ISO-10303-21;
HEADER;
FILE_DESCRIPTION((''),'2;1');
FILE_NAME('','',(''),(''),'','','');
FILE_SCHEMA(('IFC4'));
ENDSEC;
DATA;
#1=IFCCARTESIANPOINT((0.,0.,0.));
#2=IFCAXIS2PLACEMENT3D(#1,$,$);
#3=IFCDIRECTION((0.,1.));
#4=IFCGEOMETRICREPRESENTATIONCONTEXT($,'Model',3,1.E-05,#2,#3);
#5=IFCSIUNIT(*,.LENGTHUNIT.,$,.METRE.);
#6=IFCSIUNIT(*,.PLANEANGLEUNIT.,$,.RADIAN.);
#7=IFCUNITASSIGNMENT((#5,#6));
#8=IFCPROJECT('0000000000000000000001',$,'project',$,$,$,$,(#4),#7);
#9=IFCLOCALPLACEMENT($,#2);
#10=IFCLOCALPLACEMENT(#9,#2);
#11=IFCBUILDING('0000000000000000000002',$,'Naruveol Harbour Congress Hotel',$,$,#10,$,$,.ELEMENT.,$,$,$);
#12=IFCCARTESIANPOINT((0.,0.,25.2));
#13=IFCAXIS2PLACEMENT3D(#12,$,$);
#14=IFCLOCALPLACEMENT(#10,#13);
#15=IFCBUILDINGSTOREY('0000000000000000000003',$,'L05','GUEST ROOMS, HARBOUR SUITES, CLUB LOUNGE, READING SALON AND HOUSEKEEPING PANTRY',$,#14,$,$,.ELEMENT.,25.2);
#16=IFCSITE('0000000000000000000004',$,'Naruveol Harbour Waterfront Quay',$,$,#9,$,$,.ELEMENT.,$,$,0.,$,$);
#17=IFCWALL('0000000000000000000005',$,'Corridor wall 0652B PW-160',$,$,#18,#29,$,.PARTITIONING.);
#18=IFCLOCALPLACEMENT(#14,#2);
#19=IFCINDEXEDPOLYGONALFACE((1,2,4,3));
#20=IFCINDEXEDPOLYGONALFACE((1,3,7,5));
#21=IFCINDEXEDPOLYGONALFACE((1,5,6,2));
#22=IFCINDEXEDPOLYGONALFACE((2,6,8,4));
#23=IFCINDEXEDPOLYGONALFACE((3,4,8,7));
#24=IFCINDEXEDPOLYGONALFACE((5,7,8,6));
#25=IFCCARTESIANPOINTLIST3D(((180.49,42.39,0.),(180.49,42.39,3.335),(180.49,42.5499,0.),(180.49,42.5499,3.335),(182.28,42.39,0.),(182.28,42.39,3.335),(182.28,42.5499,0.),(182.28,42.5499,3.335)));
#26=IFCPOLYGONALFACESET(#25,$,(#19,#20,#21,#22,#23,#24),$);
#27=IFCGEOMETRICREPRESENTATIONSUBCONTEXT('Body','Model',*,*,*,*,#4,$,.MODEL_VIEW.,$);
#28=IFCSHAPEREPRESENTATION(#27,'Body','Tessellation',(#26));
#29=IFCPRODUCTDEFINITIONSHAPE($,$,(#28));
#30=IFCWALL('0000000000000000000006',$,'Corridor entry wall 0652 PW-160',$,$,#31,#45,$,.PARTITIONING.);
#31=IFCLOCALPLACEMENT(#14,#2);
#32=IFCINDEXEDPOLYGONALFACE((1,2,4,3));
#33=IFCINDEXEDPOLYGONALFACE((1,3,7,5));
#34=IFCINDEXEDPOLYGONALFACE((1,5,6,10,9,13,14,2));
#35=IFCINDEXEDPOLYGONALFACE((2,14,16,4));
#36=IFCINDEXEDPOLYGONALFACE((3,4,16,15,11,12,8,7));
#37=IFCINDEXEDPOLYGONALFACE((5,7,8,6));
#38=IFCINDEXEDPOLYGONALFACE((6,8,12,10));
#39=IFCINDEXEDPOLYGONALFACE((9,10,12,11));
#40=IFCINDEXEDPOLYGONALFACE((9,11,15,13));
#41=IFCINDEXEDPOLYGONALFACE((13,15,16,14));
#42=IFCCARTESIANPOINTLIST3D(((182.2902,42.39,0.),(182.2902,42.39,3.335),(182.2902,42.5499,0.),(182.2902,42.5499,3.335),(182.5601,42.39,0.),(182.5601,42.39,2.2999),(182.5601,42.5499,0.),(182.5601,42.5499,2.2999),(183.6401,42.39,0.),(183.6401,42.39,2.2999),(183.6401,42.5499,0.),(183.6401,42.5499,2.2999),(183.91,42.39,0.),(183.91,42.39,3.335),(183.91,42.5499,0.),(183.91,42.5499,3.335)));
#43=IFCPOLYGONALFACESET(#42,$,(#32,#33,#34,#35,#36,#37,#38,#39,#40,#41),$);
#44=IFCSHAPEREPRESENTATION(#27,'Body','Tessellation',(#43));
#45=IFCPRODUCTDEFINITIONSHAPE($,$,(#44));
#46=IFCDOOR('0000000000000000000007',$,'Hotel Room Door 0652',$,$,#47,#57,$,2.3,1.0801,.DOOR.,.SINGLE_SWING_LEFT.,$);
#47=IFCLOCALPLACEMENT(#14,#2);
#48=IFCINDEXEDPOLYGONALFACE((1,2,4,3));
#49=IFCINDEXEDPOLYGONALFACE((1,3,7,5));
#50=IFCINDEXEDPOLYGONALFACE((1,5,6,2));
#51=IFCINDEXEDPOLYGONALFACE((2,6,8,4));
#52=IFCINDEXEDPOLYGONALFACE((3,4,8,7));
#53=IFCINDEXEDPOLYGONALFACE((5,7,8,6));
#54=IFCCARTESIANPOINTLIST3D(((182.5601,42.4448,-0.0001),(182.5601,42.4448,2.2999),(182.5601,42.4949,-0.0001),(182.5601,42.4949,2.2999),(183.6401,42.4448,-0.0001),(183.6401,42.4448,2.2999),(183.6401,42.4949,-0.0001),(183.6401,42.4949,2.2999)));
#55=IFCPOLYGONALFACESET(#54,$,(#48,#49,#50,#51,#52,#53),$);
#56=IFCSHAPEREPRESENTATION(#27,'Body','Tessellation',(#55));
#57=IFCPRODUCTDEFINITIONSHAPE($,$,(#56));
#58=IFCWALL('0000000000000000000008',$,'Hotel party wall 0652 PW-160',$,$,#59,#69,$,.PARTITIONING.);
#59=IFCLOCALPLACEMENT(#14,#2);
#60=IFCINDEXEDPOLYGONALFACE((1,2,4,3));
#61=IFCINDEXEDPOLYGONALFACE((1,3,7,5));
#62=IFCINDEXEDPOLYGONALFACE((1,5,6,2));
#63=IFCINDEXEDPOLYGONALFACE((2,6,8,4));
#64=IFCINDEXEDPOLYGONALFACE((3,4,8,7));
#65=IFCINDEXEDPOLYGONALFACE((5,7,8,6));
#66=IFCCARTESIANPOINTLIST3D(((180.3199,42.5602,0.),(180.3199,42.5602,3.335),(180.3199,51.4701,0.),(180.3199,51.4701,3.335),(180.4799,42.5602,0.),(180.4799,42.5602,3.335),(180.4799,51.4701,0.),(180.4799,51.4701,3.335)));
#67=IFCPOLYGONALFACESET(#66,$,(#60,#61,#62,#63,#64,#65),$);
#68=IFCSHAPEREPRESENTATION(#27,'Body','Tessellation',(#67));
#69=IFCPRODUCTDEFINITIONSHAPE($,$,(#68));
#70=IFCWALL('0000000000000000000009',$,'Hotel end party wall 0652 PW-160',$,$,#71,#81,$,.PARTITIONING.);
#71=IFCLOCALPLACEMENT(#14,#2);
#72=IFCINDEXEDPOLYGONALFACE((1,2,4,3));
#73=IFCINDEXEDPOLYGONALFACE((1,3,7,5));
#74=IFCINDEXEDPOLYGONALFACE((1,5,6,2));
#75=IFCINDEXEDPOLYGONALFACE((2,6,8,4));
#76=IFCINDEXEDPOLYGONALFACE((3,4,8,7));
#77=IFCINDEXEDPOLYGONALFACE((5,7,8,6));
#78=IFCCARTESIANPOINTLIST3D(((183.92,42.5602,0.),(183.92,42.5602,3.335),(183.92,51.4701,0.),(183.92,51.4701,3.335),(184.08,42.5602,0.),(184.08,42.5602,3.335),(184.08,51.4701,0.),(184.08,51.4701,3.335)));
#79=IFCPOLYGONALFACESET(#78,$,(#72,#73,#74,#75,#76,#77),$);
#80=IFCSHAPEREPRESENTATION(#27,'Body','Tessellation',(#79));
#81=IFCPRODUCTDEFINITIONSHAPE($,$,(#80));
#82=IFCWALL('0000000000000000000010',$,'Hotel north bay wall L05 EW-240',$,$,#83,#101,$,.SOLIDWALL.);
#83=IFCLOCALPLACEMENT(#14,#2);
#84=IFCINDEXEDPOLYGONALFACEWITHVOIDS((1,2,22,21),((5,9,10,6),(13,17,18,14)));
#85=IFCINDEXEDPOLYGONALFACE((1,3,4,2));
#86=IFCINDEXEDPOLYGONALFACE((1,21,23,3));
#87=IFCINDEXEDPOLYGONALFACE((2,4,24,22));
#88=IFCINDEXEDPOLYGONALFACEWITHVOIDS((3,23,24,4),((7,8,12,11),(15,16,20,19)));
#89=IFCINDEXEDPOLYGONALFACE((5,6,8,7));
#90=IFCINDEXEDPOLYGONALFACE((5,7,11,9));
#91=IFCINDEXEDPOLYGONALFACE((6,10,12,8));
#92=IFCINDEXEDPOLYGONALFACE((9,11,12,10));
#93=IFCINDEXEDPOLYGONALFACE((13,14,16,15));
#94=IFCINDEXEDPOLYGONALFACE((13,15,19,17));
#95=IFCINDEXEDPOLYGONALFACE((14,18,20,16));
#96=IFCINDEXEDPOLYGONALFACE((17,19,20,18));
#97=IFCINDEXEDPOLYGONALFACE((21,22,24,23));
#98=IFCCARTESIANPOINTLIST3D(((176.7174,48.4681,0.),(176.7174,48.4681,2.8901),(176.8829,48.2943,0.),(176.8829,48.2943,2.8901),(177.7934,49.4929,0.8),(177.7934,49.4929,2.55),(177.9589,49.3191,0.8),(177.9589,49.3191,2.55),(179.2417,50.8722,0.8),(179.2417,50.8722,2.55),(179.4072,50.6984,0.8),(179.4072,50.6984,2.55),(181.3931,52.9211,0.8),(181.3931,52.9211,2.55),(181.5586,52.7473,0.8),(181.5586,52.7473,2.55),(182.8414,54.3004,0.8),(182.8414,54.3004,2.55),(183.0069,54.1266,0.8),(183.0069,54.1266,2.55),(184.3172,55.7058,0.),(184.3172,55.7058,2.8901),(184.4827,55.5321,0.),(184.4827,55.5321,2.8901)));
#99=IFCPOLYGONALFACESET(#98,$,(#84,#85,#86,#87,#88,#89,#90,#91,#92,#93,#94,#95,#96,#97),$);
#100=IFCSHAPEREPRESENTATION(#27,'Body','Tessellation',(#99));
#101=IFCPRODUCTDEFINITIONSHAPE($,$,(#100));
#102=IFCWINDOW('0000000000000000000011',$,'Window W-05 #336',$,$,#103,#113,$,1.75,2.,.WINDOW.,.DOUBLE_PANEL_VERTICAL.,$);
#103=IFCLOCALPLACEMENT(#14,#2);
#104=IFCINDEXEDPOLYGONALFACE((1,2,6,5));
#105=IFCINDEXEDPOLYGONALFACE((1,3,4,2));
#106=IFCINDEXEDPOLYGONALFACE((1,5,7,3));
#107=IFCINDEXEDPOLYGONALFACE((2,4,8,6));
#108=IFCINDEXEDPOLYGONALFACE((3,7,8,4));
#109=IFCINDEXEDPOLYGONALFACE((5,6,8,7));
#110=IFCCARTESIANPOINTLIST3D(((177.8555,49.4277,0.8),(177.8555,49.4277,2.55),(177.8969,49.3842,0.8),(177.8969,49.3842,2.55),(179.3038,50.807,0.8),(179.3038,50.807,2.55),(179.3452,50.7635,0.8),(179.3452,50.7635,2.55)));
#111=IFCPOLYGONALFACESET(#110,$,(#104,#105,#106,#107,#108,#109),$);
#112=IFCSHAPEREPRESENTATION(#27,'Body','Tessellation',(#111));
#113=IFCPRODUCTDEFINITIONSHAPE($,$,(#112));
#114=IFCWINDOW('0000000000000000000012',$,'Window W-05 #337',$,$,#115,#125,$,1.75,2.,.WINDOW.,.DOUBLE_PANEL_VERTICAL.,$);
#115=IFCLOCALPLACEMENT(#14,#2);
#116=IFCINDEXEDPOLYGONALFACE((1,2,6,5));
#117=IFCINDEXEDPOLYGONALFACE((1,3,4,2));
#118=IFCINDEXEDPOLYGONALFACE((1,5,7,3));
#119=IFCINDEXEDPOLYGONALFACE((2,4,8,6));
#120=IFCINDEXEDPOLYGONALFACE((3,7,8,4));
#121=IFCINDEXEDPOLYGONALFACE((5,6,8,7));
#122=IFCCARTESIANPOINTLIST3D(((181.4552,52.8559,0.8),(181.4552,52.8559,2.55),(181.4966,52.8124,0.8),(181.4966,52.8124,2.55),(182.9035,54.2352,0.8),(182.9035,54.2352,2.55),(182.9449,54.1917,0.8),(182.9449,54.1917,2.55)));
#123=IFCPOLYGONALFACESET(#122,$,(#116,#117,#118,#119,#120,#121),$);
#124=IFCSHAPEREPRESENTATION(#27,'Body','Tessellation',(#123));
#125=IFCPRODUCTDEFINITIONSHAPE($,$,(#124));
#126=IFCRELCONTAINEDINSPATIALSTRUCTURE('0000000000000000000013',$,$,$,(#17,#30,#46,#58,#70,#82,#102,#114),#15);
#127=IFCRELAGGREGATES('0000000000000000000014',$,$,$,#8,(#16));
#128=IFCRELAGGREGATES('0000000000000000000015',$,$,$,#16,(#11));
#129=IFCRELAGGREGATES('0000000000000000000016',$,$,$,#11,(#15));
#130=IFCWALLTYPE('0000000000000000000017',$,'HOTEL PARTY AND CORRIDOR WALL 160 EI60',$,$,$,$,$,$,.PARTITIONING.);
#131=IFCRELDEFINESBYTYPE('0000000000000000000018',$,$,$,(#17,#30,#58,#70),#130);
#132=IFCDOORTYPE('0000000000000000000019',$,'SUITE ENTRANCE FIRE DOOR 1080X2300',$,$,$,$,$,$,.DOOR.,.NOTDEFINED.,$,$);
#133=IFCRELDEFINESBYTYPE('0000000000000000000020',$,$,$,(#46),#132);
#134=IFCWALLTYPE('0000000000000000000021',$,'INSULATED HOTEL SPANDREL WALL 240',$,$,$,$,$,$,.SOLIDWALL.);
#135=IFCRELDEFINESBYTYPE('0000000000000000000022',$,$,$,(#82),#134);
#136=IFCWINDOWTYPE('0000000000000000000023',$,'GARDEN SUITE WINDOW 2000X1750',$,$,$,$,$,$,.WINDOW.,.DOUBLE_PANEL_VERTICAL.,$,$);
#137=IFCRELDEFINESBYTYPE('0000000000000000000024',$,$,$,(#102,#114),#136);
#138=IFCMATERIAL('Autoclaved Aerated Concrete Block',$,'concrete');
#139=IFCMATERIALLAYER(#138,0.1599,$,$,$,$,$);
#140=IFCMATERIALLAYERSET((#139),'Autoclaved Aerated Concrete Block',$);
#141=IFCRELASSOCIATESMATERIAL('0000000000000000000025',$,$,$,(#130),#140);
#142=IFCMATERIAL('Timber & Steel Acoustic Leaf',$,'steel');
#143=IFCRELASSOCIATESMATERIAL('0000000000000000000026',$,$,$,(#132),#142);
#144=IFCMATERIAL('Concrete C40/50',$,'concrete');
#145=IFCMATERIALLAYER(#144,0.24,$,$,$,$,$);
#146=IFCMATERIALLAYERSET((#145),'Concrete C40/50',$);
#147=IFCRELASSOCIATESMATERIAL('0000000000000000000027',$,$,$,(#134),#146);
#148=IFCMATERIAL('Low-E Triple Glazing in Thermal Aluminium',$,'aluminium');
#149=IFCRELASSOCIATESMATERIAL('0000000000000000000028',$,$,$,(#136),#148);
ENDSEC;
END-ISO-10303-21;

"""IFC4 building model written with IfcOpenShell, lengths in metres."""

from ifc_helpers import new_model, si_unit, direction, frame, frame_2d, origin, place, context, subcontext, project, spatial, rectangle, extrude, material, layer, layer_set, type_object, element, fill, save


model = new_model("IFC4")

# Units and contexts
model_context = context("Model", 3, precision=1e-05, world=origin(), true_north=direction((0.0, 1.0)))
body_context = subcontext(model_context, "Body", "Model", "MODEL_VIEW")
ifc_project = project(units=[si_unit("LENGTHUNIT", "METRE"), si_unit("PLANEANGLEUNIT", "RADIAN")], contexts=[model_context])

# Site, building, storey
site_placement = place(None, origin())
site = spatial("IfcSite", under=ifc_project, at=site_placement, Name="Naruveol Harbour Waterfront Quay", CompositionType="ELEMENT", RefElevation=0.0)
building_placement = place(site_placement, origin())
building = spatial("IfcBuilding", under=site, at=building_placement, Name="Naruveol Harbour Congress Hotel", CompositionType="ELEMENT")
storey_placement = place(building_placement, frame((0.0, 0.0, 25.2)))
storey = spatial("IfcBuildingStorey", under=building, at=storey_placement, Name="L05", Description="GUEST ROOMS, HARBOUR SUITES, CLUB LOUNGE, READING SALON AND HOUSEKEEPING PANTRY", CompositionType="ELEMENT", Elevation=25.2)

# Wall
ifc_material_1 = material(Name="Autoclaved Aerated Concrete Block", Category="concrete")
ifc_layer_1 = layer(ifc_material_1, 0.1599)
ifc_layer_set_1 = layer_set([ifc_layer_1], Name="Autoclaved Aerated Concrete Block")
wall_type_1 = type_object("IfcWallType", Name="HOTEL PARTY AND CORRIDOR WALL 160 EI60", PredefinedType="PARTITIONING", material=ifc_layer_set_1)
wall_1_placement = place(storey_placement, frame((180.49, 42.47, 0.0), z_axis=(0.0, 0.0, 1.0), x_axis=(1.0, 0.0, 0.0)))
element("IfcWall", 1, at=wall_1_placement, inside=storey, type_object=wall_type_1, Name="Corridor wall 0652B PW-160", PredefinedType="PARTITIONING", context=body_context, shape_type="SweptSolid", body=[
    extrude(rectangle(XDim=1.79, YDim=0.1599, at=frame_2d((0.895, 0.0))), origin(), (0.0, 0.0, 1.0), 3.335),
])

# Wall, opening, door
wall_2_placement = place(storey_placement, frame((182.29, 42.47, 0.0), z_axis=(0.0, 0.0, 1.0), x_axis=(1.0, 0.0, 0.0)))
wall_2 = element("IfcWall", 2, at=wall_2_placement, inside=storey, type_object=wall_type_1, Name="Corridor entry wall 0652 PW-160", PredefinedType="PARTITIONING", context=body_context, shape_type="SweptSolid", body=[
    extrude(rectangle(XDim=1.6199, YDim=0.1599, at=frame_2d((0.8101, 0.0))), origin(), (0.0, 0.0, 1.0), 3.335),
])
opening_1_placement = place(wall_2_placement, frame((0.27, 0.0, 0.0)))
opening_1 = element("IfcOpeningElement", 3, at=opening_1_placement, cuts=wall_2, PredefinedType="OPENING", context=body_context, shape_type="SweptSolid", body=[
    extrude(rectangle(XDim=1.0801, YDim=2.3, at=frame_2d((0.54, 1.1499))), frame((0.0, 0.0898, 0.0), z_axis=(0.0, -1.0, 0.0), x_axis=(1.0, 0.0, 0.0)), (0.0, 0.0, 1.0), 0.1799),
])
ifc_material_2 = material(Name="Timber & Steel Acoustic Leaf", Category="steel")
door_type_1 = type_object("IfcDoorType", Name="SUITE ENTRANCE FIRE DOOR 1080X2300", OperationType="NOTDEFINED", PredefinedType="DOOR", material=ifc_material_2)
door_1_placement = place(opening_1_placement, origin())
door_1 = element("IfcDoor", 4, at=door_1_placement, inside=storey, type_object=door_type_1, Name="Hotel Room Door 0652", OperationType="SINGLE_SWING_LEFT", OverallHeight=2.3, OverallWidth=1.0801, PredefinedType="DOOR", context=body_context, shape_type="SweptSolid", body=[
    extrude(rectangle(XDim=1.0801, YDim=2.3, at=frame_2d((0.54, 1.1499))), frame((0.0, 0.0249, 0.0), z_axis=(0.0, -1.0, 0.0), x_axis=(1.0, 0.0, 0.0)), (0.0, 0.0, 1.0), 0.05),
])
fill(opening_1, door_1)

# Walls
for number, where, z_axis, x_axis, name in (
    (5, (180.3999, 42.5601, 0.0), (0.0, 0.0, 1.0), (0.0, 1.0, 0.0), "Hotel party wall 0652 PW-160"),
    (6, (184.0, 42.5601, 0.0), (0.0, 0.0, 1.0), (0.0, 1.0, 0.0), "Hotel end party wall 0652 PW-160"),
):
    element("IfcWall", number, at=place(storey_placement, frame(where, z_axis=z_axis, x_axis=x_axis)), inside=storey, type_object=wall_type_1, Name=name, PredefinedType="PARTITIONING", context=body_context, shape_type="SweptSolid", body=[
        extrude(rectangle(XDim=8.9099, YDim=0.1599, at=frame_2d((4.4551, 0.0))), origin(), (0.0, 0.0, 1.0), 3.335),
    ])

# Wall, openings, windows
ifc_material_3 = material(Name="Concrete C40/50", Category="concrete")
ifc_layer_2 = layer(ifc_material_3, 0.24)
ifc_layer_set_2 = layer_set([ifc_layer_2], Name="Concrete C40/50")
wall_type_2 = type_object("IfcWallType", Name="INSULATED HOTEL SPANDREL WALL 240", PredefinedType="SOLIDWALL", material=ifc_layer_set_2)
wall_3_placement = place(storey_placement, frame((176.8, 48.3811, 0.0), z_axis=(0.0, 0.0, 1.0), x_axis=(0.724146, 0.689647, 0.0)))
wall_3 = element("IfcWall", 7, at=wall_3_placement, inside=storey, type_object=wall_type_2, Name="Hotel north bay wall L05 EW-240", PredefinedType="SOLIDWALL", context=body_context, shape_type="SweptSolid", body=[
    extrude(rectangle(XDim=10.4949, YDim=0.24, at=frame_2d((5.2476, 0.0))), origin(), (0.0, 0.0, 1.0), 2.8901),
])
opening_2_placement = place(wall_3_placement, frame((1.4861, 0.0, 0.8)))
opening_2 = element("IfcOpeningElement", 8, at=opening_2_placement, cuts=wall_3, PredefinedType="OPENING", context=body_context, shape_type="SweptSolid", body=[
    extrude(rectangle(XDim=2.0, YDim=1.75, at=frame_2d((1.0, 0.875))), frame((0.0, 0.1299, 0.0), z_axis=(0.0, -1.0, 0.0), x_axis=(1.0, 0.0, 0.0)), (0.0, 0.0, 1.0), 0.26),
])
opening_3_placement = place(wall_3_placement, frame((6.457, 0.0, 0.8)))
opening_3 = element("IfcOpeningElement", 9, at=opening_3_placement, cuts=wall_3, PredefinedType="OPENING", context=body_context, shape_type="SweptSolid", body=[
    extrude(rectangle(XDim=2.0, YDim=1.75, at=frame_2d((1.0, 0.875))), frame((0.0, 0.1299, 0.0), z_axis=(0.0, -1.0, 0.0), x_axis=(1.0, 0.0, 0.0)), (0.0, 0.0, 1.0), 0.26),
])
ifc_material_4 = material(Name="Low-E Triple Glazing in Thermal Aluminium", Category="aluminium")
window_type_1 = type_object("IfcWindowType", Name="GARDEN SUITE WINDOW 2000X1750", PartitioningType="DOUBLE_PANEL_VERTICAL", PredefinedType="WINDOW", material=ifc_material_4)
window_1_placement = place(opening_2_placement, origin())
window_1 = element("IfcWindow", 10, at=window_1_placement, inside=storey, type_object=window_type_1, Name="Window W-05 #336", OverallHeight=1.75, OverallWidth=2.0, PartitioningType="DOUBLE_PANEL_VERTICAL", PredefinedType="WINDOW", context=body_context, shape_type="SweptSolid", body=[
    extrude(rectangle(XDim=2.0, YDim=1.75, at=frame_2d((1.0, 0.875))), frame((0.0, 0.03, 0.0), z_axis=(0.0, -1.0, 0.0), x_axis=(1.0, 0.0, 0.0)), (0.0, 0.0, 1.0), 0.0601),
])
fill(opening_2, window_1)
window_2_placement = place(opening_3_placement, origin())
window_2 = element("IfcWindow", 11, at=window_2_placement, inside=storey, type_object=window_type_1, Name="Window W-05 #337", OverallHeight=1.75, OverallWidth=2.0, PartitioningType="DOUBLE_PANEL_VERTICAL", PredefinedType="WINDOW", context=body_context, shape_type="SweptSolid", body=[
    extrude(rectangle(XDim=2.0, YDim=1.75, at=frame_2d((1.0, 0.875))), frame((0.0, 0.03, 0.0), z_axis=(0.0, -1.0, 0.0), x_axis=(1.0, 0.0, 0.0)), (0.0, 0.0, 1.0), 0.0601),
])
fill(opening_3, window_2)

save(model, "model.ifc")
